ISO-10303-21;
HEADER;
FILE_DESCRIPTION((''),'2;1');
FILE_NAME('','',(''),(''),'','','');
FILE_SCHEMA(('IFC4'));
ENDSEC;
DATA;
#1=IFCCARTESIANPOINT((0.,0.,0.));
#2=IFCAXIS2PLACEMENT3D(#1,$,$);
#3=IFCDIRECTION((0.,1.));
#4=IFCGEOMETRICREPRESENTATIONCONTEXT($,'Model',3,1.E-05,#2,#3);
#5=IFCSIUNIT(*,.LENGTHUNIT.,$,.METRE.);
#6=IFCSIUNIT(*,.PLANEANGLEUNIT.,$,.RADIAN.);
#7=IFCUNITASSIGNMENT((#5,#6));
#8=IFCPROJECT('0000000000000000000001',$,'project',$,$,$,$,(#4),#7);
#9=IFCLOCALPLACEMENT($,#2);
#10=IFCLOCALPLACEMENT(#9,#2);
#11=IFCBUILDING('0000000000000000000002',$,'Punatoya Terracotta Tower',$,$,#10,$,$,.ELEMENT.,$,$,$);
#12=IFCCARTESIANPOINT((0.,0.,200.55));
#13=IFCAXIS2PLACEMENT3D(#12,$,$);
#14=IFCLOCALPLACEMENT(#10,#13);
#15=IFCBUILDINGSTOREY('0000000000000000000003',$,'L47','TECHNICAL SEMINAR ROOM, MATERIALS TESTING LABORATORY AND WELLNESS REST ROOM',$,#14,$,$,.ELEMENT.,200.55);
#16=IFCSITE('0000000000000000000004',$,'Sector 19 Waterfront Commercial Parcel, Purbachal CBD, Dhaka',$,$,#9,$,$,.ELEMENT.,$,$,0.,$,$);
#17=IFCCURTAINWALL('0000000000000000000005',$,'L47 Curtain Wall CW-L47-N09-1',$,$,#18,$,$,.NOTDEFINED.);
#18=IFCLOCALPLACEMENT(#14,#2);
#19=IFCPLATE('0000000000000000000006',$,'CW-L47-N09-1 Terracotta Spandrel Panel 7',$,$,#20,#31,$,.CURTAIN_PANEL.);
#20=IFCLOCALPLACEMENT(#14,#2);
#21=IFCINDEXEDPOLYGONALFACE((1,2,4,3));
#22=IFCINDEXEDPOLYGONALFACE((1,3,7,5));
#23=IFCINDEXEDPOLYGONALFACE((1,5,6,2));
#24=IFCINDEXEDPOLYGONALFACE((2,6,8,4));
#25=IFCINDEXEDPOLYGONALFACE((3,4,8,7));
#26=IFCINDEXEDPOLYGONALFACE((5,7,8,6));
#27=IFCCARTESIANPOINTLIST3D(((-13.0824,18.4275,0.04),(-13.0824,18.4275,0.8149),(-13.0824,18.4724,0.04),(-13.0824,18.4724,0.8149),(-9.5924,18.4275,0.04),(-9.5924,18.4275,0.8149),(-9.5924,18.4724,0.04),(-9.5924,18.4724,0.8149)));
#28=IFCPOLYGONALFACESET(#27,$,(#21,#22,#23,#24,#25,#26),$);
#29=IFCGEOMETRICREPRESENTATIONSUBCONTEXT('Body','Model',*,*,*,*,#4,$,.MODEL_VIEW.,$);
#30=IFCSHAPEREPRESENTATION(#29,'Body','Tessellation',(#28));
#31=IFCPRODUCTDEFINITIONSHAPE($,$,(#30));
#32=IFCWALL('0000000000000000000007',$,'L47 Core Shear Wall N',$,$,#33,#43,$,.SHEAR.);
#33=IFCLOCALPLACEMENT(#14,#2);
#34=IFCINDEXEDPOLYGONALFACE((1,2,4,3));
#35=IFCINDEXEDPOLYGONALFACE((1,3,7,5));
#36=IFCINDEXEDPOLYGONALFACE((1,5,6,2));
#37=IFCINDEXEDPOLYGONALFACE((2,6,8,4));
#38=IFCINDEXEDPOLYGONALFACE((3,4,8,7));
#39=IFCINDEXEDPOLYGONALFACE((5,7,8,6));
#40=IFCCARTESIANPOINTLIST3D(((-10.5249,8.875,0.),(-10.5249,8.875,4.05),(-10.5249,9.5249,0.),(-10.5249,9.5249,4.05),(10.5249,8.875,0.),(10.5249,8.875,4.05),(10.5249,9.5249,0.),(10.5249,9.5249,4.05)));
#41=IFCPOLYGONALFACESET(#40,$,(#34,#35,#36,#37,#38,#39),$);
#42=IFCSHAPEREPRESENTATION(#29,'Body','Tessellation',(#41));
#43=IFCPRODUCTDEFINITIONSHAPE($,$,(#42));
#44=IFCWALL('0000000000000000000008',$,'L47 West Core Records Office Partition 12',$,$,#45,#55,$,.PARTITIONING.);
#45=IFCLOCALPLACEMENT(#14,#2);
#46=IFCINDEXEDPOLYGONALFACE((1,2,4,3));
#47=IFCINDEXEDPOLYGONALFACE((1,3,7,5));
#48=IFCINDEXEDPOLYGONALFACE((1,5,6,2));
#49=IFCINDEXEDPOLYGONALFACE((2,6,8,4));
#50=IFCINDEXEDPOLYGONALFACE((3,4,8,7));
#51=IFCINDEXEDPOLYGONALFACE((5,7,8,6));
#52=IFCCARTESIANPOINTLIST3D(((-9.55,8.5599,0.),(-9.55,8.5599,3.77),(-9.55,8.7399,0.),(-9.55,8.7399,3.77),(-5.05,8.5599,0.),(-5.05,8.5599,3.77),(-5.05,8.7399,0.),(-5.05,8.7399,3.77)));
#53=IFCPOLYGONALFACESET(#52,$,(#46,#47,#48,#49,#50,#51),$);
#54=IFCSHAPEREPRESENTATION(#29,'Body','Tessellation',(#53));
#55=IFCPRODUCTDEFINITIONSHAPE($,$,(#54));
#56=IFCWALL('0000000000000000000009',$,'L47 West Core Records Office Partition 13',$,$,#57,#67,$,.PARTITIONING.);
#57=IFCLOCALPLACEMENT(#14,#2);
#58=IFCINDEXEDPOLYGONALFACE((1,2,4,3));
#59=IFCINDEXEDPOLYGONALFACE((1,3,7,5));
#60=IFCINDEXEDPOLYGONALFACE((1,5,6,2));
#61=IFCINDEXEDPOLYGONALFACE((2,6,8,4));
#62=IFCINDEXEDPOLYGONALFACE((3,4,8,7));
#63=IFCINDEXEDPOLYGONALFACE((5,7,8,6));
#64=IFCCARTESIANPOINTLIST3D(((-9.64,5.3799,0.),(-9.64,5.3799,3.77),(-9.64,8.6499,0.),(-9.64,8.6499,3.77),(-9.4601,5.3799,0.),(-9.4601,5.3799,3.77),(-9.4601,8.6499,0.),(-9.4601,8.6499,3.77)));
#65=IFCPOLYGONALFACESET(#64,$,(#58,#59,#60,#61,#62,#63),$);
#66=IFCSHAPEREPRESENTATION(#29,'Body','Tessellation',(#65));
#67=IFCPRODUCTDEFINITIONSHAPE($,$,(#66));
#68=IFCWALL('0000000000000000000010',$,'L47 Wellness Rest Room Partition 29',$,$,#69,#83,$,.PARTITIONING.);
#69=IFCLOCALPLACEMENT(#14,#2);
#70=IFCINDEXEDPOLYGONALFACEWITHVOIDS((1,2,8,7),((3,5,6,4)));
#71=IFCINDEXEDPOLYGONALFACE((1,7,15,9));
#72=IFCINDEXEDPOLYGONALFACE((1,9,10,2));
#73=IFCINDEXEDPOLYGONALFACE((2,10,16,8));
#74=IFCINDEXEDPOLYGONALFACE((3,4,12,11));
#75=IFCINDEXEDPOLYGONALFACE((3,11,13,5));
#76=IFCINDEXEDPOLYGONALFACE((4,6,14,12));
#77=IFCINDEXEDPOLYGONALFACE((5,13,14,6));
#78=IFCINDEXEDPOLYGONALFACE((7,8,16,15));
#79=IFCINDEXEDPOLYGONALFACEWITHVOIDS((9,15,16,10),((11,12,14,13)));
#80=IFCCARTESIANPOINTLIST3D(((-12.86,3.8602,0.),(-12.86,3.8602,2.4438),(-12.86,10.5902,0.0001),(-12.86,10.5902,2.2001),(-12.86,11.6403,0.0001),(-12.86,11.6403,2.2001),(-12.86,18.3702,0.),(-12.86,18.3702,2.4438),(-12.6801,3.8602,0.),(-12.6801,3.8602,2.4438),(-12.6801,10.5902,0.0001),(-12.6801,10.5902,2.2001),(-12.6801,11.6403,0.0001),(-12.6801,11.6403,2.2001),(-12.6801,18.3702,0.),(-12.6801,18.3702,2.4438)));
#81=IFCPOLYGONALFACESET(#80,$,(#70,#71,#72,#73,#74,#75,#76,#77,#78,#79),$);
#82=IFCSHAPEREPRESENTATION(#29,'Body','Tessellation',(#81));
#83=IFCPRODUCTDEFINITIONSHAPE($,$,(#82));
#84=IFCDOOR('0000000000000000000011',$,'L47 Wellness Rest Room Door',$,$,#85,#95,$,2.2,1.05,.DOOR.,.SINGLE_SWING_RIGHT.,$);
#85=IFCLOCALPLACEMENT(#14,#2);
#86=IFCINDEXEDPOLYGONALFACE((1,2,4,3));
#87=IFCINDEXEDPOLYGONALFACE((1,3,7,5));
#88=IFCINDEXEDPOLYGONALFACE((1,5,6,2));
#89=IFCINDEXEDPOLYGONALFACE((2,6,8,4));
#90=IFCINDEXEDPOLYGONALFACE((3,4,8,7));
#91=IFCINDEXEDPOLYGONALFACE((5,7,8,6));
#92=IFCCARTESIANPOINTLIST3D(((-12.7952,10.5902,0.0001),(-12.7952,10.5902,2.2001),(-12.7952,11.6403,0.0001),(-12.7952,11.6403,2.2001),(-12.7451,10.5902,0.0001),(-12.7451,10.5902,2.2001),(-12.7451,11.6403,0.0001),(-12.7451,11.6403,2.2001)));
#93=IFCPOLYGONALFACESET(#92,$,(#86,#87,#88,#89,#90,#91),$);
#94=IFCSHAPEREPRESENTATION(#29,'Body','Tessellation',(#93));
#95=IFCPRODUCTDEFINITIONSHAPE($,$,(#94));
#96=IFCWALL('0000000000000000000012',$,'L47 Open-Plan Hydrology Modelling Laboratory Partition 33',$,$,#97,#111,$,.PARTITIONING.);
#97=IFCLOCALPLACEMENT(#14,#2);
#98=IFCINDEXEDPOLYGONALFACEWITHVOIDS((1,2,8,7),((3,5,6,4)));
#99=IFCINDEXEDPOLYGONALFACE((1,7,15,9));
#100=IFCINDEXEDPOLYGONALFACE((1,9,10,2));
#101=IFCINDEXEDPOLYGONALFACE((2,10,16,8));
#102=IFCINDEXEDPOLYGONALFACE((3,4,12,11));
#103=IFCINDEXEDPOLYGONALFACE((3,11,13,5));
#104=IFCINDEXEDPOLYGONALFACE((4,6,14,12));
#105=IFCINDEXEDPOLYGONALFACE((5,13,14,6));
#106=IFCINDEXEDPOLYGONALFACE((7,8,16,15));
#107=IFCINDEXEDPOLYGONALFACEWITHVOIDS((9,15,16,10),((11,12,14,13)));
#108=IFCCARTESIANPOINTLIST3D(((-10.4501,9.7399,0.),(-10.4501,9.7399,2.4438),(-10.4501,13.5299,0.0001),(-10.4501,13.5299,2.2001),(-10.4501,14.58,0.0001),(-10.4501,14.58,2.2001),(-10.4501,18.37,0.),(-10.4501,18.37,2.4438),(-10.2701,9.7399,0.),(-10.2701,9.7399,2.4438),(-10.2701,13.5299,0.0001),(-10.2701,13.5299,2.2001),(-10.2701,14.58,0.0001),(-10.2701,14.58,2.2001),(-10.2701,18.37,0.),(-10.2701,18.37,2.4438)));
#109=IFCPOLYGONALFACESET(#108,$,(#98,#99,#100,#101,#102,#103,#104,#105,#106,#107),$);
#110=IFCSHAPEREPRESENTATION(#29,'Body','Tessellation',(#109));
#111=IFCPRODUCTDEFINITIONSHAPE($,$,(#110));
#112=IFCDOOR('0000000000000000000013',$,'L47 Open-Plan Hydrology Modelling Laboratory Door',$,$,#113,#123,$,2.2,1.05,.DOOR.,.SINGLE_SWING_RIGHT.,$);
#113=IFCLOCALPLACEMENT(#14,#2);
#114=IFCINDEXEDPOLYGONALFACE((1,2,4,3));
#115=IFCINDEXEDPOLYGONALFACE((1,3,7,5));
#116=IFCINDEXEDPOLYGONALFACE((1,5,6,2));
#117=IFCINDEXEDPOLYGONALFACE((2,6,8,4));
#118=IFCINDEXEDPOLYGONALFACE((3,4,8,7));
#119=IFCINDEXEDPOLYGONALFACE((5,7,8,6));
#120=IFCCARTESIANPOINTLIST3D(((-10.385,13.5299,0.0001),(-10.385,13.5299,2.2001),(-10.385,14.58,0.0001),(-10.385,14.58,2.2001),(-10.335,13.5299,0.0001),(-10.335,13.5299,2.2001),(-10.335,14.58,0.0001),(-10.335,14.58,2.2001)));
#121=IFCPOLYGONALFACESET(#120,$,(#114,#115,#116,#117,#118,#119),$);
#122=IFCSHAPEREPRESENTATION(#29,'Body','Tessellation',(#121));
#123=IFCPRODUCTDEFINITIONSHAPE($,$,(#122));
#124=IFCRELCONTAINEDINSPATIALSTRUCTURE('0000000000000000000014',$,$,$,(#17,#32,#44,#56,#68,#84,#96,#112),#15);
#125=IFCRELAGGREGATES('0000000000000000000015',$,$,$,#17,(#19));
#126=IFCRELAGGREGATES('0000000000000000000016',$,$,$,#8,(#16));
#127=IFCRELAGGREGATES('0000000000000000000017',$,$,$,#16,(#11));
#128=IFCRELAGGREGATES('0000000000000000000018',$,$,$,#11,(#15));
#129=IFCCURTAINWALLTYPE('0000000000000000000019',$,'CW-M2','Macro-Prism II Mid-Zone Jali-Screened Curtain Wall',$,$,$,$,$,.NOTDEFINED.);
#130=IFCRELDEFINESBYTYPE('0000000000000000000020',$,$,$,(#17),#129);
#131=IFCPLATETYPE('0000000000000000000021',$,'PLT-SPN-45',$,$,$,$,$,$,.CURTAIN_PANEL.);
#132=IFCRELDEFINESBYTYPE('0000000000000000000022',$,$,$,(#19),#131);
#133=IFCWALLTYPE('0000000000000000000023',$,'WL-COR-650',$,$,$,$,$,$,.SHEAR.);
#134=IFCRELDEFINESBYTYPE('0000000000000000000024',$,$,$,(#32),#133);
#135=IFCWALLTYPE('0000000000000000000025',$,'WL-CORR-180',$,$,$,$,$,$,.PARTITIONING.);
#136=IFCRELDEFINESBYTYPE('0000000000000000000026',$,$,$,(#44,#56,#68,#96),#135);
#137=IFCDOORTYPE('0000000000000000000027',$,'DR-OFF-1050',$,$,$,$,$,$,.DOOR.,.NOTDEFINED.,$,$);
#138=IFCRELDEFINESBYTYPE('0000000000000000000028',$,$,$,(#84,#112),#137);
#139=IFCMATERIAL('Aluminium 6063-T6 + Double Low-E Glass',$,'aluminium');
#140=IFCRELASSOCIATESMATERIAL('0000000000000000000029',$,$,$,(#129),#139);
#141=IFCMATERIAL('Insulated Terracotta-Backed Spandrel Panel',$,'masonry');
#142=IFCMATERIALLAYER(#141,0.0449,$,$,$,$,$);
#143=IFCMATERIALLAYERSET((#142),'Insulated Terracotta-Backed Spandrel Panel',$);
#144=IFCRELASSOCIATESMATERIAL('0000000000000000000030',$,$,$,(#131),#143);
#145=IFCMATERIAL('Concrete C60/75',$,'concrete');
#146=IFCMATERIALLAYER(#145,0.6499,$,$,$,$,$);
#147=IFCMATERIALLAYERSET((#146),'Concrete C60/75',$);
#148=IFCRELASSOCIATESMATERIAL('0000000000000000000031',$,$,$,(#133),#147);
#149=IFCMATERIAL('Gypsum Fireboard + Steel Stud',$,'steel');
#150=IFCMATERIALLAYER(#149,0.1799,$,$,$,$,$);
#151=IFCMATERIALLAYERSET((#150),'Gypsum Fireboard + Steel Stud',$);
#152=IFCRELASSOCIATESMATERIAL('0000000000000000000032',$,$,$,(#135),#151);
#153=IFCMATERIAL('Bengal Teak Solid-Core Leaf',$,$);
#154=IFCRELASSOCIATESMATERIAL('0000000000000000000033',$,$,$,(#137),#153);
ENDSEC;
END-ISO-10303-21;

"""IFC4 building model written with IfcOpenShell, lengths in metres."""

from ifc_helpers import new_model, si_unit, direction, frame, frame_2d, origin, origin_2d, place, context, subcontext, project, spatial, rectangle, extrude, material, layer, layer_set, type_object, element, fill, aggregate, save


model = new_model("IFC4")

# Units and contexts
model_context = context("Model", 3, precision=1e-05, world=origin(), true_north=direction((0.0, 1.0)))
body_context = subcontext(model_context, "Body", "Model", "MODEL_VIEW")
ifc_project = project(units=[si_unit("LENGTHUNIT", "METRE"), si_unit("PLANEANGLEUNIT", "RADIAN")], contexts=[model_context])

# Site, building, storey
site_placement = place(None, origin())
site = spatial("IfcSite", under=ifc_project, at=site_placement, Name="Sector 19 Waterfront Commercial Parcel, Purbachal CBD, Dhaka", CompositionType="ELEMENT", RefElevation=0.0)
building_placement = place(site_placement, origin())
building = spatial("IfcBuilding", under=site, at=building_placement, Name="Punatoya Terracotta Tower", CompositionType="ELEMENT")
storey_placement = place(building_placement, frame((0.0, 0.0, 200.55)))
storey = spatial("IfcBuildingStorey", under=building, at=storey_placement, Name="L47", Description="TECHNICAL SEMINAR ROOM, MATERIALS TESTING LABORATORY AND WELLNESS REST ROOM", CompositionType="ELEMENT", Elevation=200.55)

# Curtain wall, plate
ifc_material_1 = material(Name="Aluminium 6063-T6 + Double Low-E Glass", Category="aluminium")
curtain_wall_type = type_object("IfcCurtainWallType", Name="CW-M2", Description="Macro-Prism II Mid-Zone Jali-Screened Curtain Wall", PredefinedType="NOTDEFINED", material=ifc_material_1)
curtain_wall_placement = place(storey_placement, origin())
curtain_wall = element("IfcCurtainWall", 1, at=curtain_wall_placement, inside=storey, type_object=curtain_wall_type, Name="L47 Curtain Wall CW-L47-N09-1", PredefinedType="NOTDEFINED")
ifc_material_2 = material(Name="Insulated Terracotta-Backed Spandrel Panel", Category="masonry")
ifc_layer_1 = layer(ifc_material_2, 0.0449)
ifc_layer_set_1 = layer_set([ifc_layer_1], Name="Insulated Terracotta-Backed Spandrel Panel")
plate_type_1 = type_object("IfcPlateType", Name="PLT-SPN-45", PredefinedType="CURTAIN_PANEL", material=ifc_layer_set_1)
plate_1_placement = place(storey_placement, frame((-11.3374, 18.45, 0.04), z_axis=(0.0, 0.0, 1.0), x_axis=(-1.0, 0.0, 0.0)))
plate_1 = element("IfcPlate", 2, at=plate_1_placement, type_object=plate_type_1, Name="CW-L47-N09-1 Terracotta Spandrel Panel 7", PredefinedType="CURTAIN_PANEL", context=body_context, shape_type="SweptSolid", body=[
    extrude(rectangle(XDim=3.49, YDim=0.0449, at=origin_2d()), origin(), (0.0, 0.0, 1.0), 0.7749),
])
aggregate(curtain_wall, [plate_1])

# Walls
ifc_material_3 = material(Name="Concrete C60/75", Category="concrete")
ifc_layer_2 = layer(ifc_material_3, 0.6499)
ifc_layer_set_2 = layer_set([ifc_layer_2], Name="Concrete C60/75")
wall_type_1 = type_object("IfcWallType", Name="WL-COR-650", PredefinedType="SHEAR", material=ifc_layer_set_2)
wall_1_placement = place(storey_placement, frame((-10.5249, 9.2, 0.0), z_axis=(0.0, 0.0, 1.0), x_axis=(1.0, 0.0, 0.0)))
element("IfcWall", 3, at=wall_1_placement, inside=storey, type_object=wall_type_1, Name="L47 Core Shear Wall N", PredefinedType="SHEAR", context=body_context, shape_type="SweptSolid", body=[
    extrude(rectangle(XDim=21.0498, YDim=0.6499, at=frame_2d((10.5249, 0.0))), origin(), (0.0, 0.0, 1.0), 4.05),
])
ifc_material_4 = material(Name="Gypsum Fireboard + Steel Stud", Category="steel")
ifc_layer_3 = layer(ifc_material_4, 0.1799)
ifc_layer_set_3 = layer_set([ifc_layer_3], Name="Gypsum Fireboard + Steel Stud")
wall_type_2 = type_object("IfcWallType", Name="WL-CORR-180", PredefinedType="PARTITIONING", material=ifc_layer_set_3)
wall_2_placement = place(storey_placement, frame((-5.05, 8.6499, 0.0), z_axis=(0.0, 0.0, 1.0), x_axis=(-1.0, 0.0, 0.0)))
element("IfcWall", 4, at=wall_2_placement, inside=storey, type_object=wall_type_2, Name="L47 West Core Records Office Partition 12", PredefinedType="PARTITIONING", context=body_context, shape_type="SweptSolid", body=[
    extrude(rectangle(XDim=4.5, YDim=0.1799, at=frame_2d((2.25, 0.0))), origin(), (0.0, 0.0, 1.0), 3.77),
])
wall_3_placement = place(storey_placement, frame((-9.55, 8.6499, 0.0), z_axis=(0.0, 0.0, 1.0), x_axis=(0.0, -1.0, 0.0)))
element("IfcWall", 5, at=wall_3_placement, inside=storey, type_object=wall_type_2, Name="L47 West Core Records Office Partition 13", PredefinedType="PARTITIONING", context=body_context, shape_type="SweptSolid", body=[
    extrude(rectangle(XDim=3.27, YDim=0.1799, at=frame_2d((1.635, 0.0))), origin(), (0.0, 0.0, 1.0), 3.77),
])

# Walls, openings, doors
wall_4_placement = place(storey_placement, frame((-12.77, 18.3701, 0.0), z_axis=(0.0, 0.0, 1.0), x_axis=(0.0, -1.0, 0.0)))
wall_4 = element("IfcWall", 6, at=wall_4_placement, inside=storey, type_object=wall_type_2, Name="L47 Wellness Rest Room Partition 29", PredefinedType="PARTITIONING", context=body_context, shape_type="SweptSolid", body=[
    extrude(rectangle(XDim=14.51, YDim=0.1799, at=frame_2d((7.2549, 0.0))), origin(), (0.0, 0.0, 1.0), 2.4438),
])
opening_1_placement = place(wall_4_placement, frame((6.73, 0.0, 0.0)))
opening_1 = element("IfcOpeningElement", 7, at=opening_1_placement, cuts=wall_4, PredefinedType="OPENING", context=body_context, shape_type="SweptSolid", body=[
    extrude(rectangle(XDim=1.05, YDim=2.2, at=frame_2d((0.5249, 1.1001))), frame((0.0, 0.0999, 0.0), z_axis=(0.0, -1.0, 0.0), x_axis=(1.0, 0.0, 0.0)), (0.0, 0.0, 1.0), 0.2),
])
ifc_material_5 = material(Name="Bengal Teak Solid-Core Leaf")
door_type = type_object("IfcDoorType", Name="DR-OFF-1050", OperationType="NOTDEFINED", PredefinedType="DOOR", material=ifc_material_5)
door_1_placement = place(opening_1_placement, origin())
door_1 = element("IfcDoor", 8, at=door_1_placement, inside=storey, type_object=door_type, Name="L47 Wellness Rest Room Door", OperationType="SINGLE_SWING_RIGHT", OverallHeight=2.2, OverallWidth=1.05, PredefinedType="DOOR", context=body_context, shape_type="SweptSolid", body=[
    extrude(rectangle(XDim=1.05, YDim=2.2, at=frame_2d((0.5249, 1.1001))), frame((0.0, 0.0249, 0.0), z_axis=(0.0, -1.0, 0.0), x_axis=(1.0, 0.0, 0.0)), (0.0, 0.0, 1.0), 0.05),
])
fill(opening_1, door_1)
wall_5_placement = place(storey_placement, frame((-10.3601, 9.74, 0.0), z_axis=(0.0, 0.0, 1.0), x_axis=(0.0, 1.0, 0.0)))
wall_5 = element("IfcWall", 9, at=wall_5_placement, inside=storey, type_object=wall_type_2, Name="L47 Open-Plan Hydrology Modelling Laboratory Partition 33", PredefinedType="PARTITIONING", context=body_context, shape_type="SweptSolid", body=[
    extrude(rectangle(XDim=8.6301, YDim=0.1799, at=frame_2d((4.3149, 0.0))), origin(), (0.0, 0.0, 1.0), 2.4438),
])
opening_2_placement = place(wall_5_placement, frame((3.79, 0.0, 0.0)))
opening_2 = element("IfcOpeningElement", 10, at=opening_2_placement, cuts=wall_5, PredefinedType="OPENING", context=body_context, shape_type="SweptSolid", body=[
    extrude(rectangle(XDim=1.05, YDim=2.2, at=frame_2d((0.5249, 1.1001))), frame((0.0, 0.0999, 0.0), z_axis=(0.0, -1.0, 0.0), x_axis=(1.0, 0.0, 0.0)), (0.0, 0.0, 1.0), 0.2),
])
door_2_placement = place(opening_2_placement, origin())
door_2 = element("IfcDoor", 11, at=door_2_placement, inside=storey, type_object=door_type, Name="L47 Open-Plan Hydrology Modelling Laboratory Door", OperationType="SINGLE_SWING_RIGHT", OverallHeight=2.2, OverallWidth=1.05, PredefinedType="DOOR", context=body_context, shape_type="SweptSolid", body=[
    extrude(rectangle(XDim=1.05, YDim=2.2, at=frame_2d((0.5249, 1.1001))), frame((0.0, 0.0249, 0.0), z_axis=(0.0, -1.0, 0.0), x_axis=(1.0, 0.0, 0.0)), (0.0, 0.0, 1.0), 0.05),
])
fill(opening_2, door_2)

save(model, "model.ifc")
